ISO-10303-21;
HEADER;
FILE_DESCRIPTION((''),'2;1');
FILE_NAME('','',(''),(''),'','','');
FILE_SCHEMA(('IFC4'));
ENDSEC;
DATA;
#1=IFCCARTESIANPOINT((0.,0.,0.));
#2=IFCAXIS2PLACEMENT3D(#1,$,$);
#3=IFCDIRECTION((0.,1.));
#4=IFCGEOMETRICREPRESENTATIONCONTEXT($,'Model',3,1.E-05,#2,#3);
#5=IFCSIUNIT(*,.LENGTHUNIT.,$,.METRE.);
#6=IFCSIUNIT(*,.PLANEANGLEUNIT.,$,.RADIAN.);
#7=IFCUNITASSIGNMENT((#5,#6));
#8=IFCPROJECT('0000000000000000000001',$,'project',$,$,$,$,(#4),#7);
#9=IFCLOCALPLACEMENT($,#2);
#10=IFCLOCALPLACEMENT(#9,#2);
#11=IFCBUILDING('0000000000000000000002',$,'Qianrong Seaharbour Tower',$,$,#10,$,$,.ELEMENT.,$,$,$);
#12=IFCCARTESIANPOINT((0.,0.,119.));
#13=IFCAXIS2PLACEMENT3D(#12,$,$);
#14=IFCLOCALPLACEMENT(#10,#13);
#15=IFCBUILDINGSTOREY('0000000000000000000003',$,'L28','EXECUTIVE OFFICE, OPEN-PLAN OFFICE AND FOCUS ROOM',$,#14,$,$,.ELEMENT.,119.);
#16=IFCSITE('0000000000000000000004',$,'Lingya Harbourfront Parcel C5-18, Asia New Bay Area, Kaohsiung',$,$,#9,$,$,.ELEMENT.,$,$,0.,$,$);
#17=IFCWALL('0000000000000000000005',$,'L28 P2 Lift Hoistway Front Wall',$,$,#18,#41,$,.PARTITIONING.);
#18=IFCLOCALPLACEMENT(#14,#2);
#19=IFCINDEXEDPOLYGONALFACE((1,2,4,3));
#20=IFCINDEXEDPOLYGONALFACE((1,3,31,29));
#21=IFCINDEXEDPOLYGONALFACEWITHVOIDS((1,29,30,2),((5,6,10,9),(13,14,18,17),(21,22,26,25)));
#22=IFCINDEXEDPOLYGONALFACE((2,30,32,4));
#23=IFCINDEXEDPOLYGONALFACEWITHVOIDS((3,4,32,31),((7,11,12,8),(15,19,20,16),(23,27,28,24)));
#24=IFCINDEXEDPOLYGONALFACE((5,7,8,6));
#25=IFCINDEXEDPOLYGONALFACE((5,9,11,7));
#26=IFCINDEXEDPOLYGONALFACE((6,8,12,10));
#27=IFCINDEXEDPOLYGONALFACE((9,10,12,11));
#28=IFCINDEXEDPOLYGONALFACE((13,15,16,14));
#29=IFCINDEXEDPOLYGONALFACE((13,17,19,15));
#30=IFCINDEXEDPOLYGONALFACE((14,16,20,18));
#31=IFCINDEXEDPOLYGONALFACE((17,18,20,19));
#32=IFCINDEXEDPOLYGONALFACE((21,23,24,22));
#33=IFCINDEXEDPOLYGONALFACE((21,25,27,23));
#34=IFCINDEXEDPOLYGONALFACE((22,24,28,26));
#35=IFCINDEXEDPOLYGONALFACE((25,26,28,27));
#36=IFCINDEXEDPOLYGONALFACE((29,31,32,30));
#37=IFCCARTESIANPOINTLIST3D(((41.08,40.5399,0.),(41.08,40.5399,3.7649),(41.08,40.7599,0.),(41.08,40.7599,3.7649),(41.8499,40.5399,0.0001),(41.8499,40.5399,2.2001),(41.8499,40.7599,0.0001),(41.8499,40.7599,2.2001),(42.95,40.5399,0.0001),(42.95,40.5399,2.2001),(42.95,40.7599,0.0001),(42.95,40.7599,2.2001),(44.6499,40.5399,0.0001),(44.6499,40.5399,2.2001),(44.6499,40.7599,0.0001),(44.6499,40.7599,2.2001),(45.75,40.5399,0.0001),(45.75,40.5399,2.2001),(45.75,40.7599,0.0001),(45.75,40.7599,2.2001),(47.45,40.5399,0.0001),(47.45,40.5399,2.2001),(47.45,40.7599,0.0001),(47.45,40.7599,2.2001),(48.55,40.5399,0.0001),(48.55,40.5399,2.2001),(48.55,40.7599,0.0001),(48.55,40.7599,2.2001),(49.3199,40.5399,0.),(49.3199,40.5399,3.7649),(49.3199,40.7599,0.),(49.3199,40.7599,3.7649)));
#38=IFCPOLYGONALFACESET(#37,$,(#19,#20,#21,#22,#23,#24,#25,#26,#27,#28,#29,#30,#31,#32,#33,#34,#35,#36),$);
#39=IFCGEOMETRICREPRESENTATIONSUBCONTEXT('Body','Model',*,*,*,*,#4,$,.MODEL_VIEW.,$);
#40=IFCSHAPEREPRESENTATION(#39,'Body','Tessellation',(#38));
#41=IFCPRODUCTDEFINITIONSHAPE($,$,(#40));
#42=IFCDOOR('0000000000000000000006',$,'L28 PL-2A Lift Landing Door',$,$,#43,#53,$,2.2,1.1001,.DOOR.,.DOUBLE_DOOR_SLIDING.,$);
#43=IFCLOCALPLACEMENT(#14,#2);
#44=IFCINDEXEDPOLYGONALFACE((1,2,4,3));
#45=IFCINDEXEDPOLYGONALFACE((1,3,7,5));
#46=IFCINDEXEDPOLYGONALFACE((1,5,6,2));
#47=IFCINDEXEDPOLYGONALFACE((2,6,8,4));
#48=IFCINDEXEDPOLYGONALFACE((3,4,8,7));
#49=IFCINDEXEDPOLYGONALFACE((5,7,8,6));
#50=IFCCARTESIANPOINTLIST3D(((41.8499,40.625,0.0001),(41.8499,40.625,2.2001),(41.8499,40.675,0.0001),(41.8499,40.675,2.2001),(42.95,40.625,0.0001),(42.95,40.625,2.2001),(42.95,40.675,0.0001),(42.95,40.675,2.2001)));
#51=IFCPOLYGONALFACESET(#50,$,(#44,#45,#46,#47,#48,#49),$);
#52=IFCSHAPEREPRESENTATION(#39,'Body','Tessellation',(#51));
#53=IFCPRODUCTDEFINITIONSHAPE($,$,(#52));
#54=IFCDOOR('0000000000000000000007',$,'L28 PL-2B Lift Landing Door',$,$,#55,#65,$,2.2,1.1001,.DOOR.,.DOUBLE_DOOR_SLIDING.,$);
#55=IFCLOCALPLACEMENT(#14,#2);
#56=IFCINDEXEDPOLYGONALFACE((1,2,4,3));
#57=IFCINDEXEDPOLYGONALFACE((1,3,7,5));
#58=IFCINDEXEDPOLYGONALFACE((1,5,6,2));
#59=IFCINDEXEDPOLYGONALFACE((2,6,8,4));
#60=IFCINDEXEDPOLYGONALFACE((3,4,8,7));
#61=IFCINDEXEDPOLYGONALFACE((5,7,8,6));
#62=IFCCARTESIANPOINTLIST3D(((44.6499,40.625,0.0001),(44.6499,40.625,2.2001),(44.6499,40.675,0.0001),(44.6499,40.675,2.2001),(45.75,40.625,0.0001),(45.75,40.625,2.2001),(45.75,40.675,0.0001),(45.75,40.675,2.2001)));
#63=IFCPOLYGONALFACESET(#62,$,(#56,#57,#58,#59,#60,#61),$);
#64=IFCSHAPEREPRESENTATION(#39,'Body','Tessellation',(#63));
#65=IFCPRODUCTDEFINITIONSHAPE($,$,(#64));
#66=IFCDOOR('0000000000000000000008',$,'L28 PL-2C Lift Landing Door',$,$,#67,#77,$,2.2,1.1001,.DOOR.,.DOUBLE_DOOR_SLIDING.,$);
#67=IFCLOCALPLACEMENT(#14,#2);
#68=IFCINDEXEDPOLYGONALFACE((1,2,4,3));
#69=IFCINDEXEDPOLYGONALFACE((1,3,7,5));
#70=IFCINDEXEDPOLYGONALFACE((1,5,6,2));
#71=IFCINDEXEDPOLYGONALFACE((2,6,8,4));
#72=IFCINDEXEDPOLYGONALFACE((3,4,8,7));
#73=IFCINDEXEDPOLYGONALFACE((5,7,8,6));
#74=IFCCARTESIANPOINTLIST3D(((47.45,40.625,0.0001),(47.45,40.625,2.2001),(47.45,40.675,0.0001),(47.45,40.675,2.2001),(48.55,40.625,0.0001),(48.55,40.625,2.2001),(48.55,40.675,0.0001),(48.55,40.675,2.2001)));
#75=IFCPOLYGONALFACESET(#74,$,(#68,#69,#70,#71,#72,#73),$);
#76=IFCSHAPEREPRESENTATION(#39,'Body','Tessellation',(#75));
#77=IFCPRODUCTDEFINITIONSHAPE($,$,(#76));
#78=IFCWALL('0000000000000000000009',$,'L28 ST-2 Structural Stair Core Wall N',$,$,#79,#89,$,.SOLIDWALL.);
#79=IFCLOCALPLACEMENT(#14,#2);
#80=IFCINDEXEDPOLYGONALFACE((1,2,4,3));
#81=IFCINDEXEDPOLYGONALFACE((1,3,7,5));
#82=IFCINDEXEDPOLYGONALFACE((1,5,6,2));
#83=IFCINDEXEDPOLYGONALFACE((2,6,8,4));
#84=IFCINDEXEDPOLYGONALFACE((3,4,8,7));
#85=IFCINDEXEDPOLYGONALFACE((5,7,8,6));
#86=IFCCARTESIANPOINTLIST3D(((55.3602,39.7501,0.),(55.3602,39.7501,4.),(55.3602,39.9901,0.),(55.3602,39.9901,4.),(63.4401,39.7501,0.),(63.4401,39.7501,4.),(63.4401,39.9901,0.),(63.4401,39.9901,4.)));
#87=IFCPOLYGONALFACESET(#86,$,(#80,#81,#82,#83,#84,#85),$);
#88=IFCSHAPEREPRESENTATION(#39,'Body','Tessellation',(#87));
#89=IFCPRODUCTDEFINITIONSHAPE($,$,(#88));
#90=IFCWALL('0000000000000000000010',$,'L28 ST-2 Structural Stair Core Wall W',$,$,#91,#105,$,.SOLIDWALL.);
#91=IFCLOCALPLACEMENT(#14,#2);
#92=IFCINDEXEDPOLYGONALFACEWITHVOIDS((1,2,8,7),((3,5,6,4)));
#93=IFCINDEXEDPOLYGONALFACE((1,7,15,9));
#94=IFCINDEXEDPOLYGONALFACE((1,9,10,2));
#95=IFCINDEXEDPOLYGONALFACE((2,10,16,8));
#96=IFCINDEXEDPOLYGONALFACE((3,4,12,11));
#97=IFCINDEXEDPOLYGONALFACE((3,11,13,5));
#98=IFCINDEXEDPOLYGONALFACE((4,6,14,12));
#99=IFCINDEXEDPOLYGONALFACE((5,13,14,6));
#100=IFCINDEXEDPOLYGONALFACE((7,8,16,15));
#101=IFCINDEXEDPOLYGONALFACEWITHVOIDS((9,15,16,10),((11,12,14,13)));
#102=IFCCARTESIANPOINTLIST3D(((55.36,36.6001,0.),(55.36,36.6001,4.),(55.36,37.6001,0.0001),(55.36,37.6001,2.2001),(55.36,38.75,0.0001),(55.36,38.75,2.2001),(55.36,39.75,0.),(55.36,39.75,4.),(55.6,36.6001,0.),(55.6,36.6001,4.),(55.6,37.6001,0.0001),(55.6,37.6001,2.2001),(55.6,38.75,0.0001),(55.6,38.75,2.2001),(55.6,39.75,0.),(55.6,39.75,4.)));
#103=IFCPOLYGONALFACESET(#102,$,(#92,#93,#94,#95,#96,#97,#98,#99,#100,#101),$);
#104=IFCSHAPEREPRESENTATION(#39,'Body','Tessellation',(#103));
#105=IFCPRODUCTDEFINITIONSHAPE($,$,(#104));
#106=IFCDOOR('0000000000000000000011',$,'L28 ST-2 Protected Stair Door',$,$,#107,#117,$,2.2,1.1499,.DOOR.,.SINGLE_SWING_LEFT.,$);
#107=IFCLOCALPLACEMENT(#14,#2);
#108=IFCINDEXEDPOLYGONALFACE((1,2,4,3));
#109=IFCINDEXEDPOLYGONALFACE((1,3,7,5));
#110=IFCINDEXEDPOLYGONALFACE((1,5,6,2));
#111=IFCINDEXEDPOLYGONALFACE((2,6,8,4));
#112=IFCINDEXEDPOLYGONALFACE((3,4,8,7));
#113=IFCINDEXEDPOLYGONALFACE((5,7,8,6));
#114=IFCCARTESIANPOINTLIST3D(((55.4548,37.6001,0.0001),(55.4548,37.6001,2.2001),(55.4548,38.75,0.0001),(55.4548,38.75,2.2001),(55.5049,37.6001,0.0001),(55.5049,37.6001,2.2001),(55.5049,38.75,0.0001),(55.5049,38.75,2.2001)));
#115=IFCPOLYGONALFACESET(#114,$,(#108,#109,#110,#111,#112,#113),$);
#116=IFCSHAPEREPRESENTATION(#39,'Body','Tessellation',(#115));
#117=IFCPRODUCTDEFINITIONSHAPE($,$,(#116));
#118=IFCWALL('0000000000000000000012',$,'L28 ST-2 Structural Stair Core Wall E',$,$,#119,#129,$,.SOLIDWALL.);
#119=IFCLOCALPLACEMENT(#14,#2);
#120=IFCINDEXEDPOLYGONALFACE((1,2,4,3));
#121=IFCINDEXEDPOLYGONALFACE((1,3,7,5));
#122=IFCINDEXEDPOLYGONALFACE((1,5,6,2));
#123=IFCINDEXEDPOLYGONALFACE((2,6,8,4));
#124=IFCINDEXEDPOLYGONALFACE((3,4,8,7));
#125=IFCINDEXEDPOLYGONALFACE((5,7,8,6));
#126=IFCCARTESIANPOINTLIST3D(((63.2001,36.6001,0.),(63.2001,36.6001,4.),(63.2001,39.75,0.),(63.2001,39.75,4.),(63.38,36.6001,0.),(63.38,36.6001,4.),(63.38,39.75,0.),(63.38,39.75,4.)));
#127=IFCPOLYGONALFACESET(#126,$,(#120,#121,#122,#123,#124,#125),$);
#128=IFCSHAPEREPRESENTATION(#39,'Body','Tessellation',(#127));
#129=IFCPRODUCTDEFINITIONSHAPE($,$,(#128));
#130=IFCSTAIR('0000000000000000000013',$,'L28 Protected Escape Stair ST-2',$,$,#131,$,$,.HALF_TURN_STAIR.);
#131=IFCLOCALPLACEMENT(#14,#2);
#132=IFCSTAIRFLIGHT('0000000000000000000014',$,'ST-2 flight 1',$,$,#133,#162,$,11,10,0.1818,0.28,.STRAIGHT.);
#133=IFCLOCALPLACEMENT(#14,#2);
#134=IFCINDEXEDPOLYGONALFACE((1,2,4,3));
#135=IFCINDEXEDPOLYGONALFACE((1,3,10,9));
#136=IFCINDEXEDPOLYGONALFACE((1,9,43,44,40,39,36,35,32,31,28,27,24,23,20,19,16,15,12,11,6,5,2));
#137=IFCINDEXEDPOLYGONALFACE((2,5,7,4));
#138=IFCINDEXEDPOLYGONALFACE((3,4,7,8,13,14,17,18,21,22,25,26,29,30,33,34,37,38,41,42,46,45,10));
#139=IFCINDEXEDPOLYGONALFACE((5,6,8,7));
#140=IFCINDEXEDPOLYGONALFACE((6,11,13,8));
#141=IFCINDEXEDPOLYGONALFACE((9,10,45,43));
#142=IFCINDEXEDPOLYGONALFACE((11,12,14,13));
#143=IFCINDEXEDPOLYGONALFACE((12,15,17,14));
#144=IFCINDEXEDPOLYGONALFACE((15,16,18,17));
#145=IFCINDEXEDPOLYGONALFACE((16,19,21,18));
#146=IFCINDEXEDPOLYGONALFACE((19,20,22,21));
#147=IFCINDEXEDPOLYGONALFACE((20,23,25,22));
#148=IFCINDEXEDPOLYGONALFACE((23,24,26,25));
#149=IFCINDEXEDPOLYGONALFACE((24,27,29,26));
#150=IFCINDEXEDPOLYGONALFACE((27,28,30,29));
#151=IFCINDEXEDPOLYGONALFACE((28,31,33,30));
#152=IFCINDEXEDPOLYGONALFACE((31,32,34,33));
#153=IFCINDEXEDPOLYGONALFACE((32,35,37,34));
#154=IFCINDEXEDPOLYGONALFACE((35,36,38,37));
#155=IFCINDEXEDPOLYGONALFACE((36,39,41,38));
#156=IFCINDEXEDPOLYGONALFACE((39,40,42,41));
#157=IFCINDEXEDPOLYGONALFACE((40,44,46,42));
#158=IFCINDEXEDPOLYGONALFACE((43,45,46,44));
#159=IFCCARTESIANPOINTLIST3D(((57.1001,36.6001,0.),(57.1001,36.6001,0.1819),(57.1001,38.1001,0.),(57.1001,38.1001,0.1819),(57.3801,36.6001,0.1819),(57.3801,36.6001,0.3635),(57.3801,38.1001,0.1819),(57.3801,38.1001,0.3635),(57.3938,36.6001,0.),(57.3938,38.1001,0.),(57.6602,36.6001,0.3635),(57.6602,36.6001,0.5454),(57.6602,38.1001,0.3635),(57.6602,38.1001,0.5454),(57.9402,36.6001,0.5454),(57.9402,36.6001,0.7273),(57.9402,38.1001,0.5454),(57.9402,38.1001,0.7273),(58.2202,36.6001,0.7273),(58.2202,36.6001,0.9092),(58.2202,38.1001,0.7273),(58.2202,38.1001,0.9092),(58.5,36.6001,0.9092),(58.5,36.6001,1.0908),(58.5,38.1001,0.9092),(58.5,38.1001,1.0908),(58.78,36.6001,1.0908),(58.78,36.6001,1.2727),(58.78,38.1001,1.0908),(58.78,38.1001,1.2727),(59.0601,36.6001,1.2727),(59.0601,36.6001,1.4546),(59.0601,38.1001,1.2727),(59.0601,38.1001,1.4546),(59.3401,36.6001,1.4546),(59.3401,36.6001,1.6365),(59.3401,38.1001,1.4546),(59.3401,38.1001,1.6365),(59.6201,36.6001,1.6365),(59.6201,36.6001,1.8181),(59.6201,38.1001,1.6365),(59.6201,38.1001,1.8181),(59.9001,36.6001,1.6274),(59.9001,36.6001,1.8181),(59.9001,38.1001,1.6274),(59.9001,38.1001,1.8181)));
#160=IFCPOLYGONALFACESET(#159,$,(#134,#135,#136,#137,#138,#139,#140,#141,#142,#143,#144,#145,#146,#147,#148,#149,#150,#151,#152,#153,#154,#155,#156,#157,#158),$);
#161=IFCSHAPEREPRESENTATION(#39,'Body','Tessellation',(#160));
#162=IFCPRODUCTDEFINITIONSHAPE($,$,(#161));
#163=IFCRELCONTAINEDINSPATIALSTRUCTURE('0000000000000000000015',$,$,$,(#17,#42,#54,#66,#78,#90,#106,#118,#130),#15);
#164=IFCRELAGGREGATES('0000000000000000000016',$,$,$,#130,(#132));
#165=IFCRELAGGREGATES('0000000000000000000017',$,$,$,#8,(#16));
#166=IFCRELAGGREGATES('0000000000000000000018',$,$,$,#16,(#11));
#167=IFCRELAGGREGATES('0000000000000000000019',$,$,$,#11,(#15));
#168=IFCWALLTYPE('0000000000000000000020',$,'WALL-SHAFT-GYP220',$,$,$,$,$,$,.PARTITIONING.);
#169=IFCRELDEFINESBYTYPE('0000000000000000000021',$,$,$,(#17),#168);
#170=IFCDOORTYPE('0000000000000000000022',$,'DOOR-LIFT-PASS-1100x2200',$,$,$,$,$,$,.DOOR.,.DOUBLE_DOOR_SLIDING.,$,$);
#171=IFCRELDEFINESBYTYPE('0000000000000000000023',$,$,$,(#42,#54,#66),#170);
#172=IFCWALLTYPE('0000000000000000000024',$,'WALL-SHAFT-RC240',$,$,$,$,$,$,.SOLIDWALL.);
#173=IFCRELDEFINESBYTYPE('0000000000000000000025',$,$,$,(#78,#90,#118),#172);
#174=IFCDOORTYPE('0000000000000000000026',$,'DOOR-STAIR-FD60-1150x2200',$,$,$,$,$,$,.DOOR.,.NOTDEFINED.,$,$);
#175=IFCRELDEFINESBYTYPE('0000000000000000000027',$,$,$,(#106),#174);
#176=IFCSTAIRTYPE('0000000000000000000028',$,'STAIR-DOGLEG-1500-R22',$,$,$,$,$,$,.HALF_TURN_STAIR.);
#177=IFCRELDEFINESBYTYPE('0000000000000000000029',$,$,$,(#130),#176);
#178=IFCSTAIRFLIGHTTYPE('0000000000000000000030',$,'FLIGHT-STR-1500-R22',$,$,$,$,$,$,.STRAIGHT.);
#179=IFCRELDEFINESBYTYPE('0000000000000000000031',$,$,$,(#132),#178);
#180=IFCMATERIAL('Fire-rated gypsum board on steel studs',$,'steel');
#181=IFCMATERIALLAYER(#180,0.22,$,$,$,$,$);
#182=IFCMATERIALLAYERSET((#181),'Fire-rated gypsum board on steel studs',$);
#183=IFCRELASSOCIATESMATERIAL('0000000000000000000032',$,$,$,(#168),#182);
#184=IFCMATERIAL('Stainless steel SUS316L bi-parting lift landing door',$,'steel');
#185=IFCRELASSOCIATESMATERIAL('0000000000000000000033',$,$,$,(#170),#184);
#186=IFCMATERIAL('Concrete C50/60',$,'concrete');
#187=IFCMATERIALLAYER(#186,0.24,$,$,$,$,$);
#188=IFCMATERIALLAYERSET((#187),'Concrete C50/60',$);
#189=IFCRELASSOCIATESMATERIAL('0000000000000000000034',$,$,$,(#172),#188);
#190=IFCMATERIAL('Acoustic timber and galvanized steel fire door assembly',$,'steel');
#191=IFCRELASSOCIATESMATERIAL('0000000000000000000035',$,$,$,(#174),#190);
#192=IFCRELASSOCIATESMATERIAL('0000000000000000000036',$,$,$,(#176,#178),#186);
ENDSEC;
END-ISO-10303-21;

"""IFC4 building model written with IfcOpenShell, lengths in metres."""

from ifc_helpers import new_model, si_unit, direction, frame, frame_2d, origin, place, context, subcontext, project, spatial, polyline, rectangle, outline, extrude, material, layer, layer_set, type_object, element, fill, aggregate, save


model = new_model("IFC4")

# Units and contexts
model_context = context("Model", 3, precision=1e-05, world=origin(), true_north=direction((0.0, 1.0)))
body_context = subcontext(model_context, "Body", "Model", "MODEL_VIEW")
ifc_project = project(units=[si_unit("LENGTHUNIT", "METRE"), si_unit("PLANEANGLEUNIT", "RADIAN")], contexts=[model_context])

# Site, building, storey
site_placement = place(None, origin())
site = spatial("IfcSite", under=ifc_project, at=site_placement, Name="Lingya Harbourfront Parcel C5-18, Asia New Bay Area, Kaohsiung", CompositionType="ELEMENT", RefElevation=0.0)
building_placement = place(site_placement, origin())
building = spatial("IfcBuilding", under=site, at=building_placement, Name="Qianrong Seaharbour Tower", CompositionType="ELEMENT")
storey_placement = place(building_placement, frame((0.0, 0.0, 119.0)))
storey = spatial("IfcBuildingStorey", under=building, at=storey_placement, Name="L28", Description="EXECUTIVE OFFICE, OPEN-PLAN OFFICE AND FOCUS ROOM", CompositionType="ELEMENT", Elevation=119.0)

# Shared definitions
ifc_material_1 = material(Name="Acoustic timber and galvanized steel fire door assembly", Category="steel")

# Wall, openings, doors
ifc_material_2 = material(Name="Fire-rated gypsum board on steel studs", Category="steel")
ifc_layer_1 = layer(ifc_material_2, 0.22)
ifc_layer_set_1 = layer_set([ifc_layer_1], Name="Fire-rated gypsum board on steel studs")
wall_type_1 = type_object("IfcWallType", Name="WALL-SHAFT-GYP220", PredefinedType="PARTITIONING", material=ifc_layer_set_1)
wall_1_placement = place(storey_placement, frame((49.3201, 40.6499, 0.0), z_axis=(0.0, 0.0, 1.0), x_axis=(-1.0, 0.0, 0.0)))
wall_1 = element("IfcWall", 1, at=wall_1_placement, inside=storey, type_object=wall_type_1, Name="L28 P2 Lift Hoistway Front Wall", PredefinedType="PARTITIONING", context=body_context, shape_type="SweptSolid", body=[
    extrude(rectangle(XDim=8.24, YDim=0.22, at=frame_2d((4.1201, 0.0))), origin(), (0.0, 0.0, 1.0), 3.7649),
])
opening_1_placement = place(wall_1_placement, frame((6.3701, 0.0, 0.0)))
opening_1 = element("IfcOpeningElement", 2, at=opening_1_placement, cuts=wall_1, PredefinedType="OPENING", context=body_context, shape_type="SweptSolid", body=[
    extrude(rectangle(XDim=1.1001, YDim=2.2, at=frame_2d((0.55, 1.1001))), frame((0.0, 0.1201, 0.0), z_axis=(0.0, -1.0, 0.0), x_axis=(1.0, 0.0, 0.0)), (0.0, 0.0, 1.0), 0.24),
])
opening_2_placement = place(wall_1_placement, frame((3.5701, 0.0, 0.0)))
opening_2 = element("IfcOpeningElement", 3, at=opening_2_placement, cuts=wall_1, PredefinedType="OPENING", context=body_context, shape_type="SweptSolid", body=[
    extrude(rectangle(XDim=1.1001, YDim=2.2, at=frame_2d((0.55, 1.1001))), frame((0.0, 0.1201, 0.0), z_axis=(0.0, -1.0, 0.0), x_axis=(1.0, 0.0, 0.0)), (0.0, 0.0, 1.0), 0.24),
])
opening_3_placement = place(wall_1_placement, frame((0.77, 0.0, 0.0)))
opening_3 = element("IfcOpeningElement", 4, at=opening_3_placement, cuts=wall_1, PredefinedType="OPENING", context=body_context, shape_type="SweptSolid", body=[
    extrude(rectangle(XDim=1.1001, YDim=2.2, at=frame_2d((0.55, 1.1001))), frame((0.0, 0.1201, 0.0), z_axis=(0.0, -1.0, 0.0), x_axis=(1.0, 0.0, 0.0)), (0.0, 0.0, 1.0), 0.24),
])
ifc_material_3 = material(Name="Stainless steel SUS316L bi-parting lift landing door", Category="steel")
door_type_1 = type_object("IfcDoorType", Name="DOOR-LIFT-PASS-1100x2200", OperationType="DOUBLE_DOOR_SLIDING", PredefinedType="DOOR", material=ifc_material_3)
door_1_placement = place(opening_1_placement, origin())
door_1 = element("IfcDoor", 5, at=door_1_placement, inside=storey, type_object=door_type_1, Name="L28 PL-2A Lift Landing Door", OperationType="DOUBLE_DOOR_SLIDING", OverallHeight=2.2, OverallWidth=1.1001, PredefinedType="DOOR", context=body_context, shape_type="SweptSolid", body=[
    extrude(rectangle(XDim=1.1001, YDim=2.2, at=frame_2d((0.55, 1.1001))), frame((0.0, 0.0249, 0.0), z_axis=(0.0, -1.0, 0.0), x_axis=(1.0, 0.0, 0.0)), (0.0, 0.0, 1.0), 0.05),
])
fill(opening_1, door_1)
door_2_placement = place(opening_2_placement, origin())
door_2 = element("IfcDoor", 6, at=door_2_placement, inside=storey, type_object=door_type_1, Name="L28 PL-2B Lift Landing Door", OperationType="DOUBLE_DOOR_SLIDING", OverallHeight=2.2, OverallWidth=1.1001, PredefinedType="DOOR", context=body_context, shape_type="SweptSolid", body=[
    extrude(rectangle(XDim=1.1001, YDim=2.2, at=frame_2d((0.55, 1.1001))), frame((0.0, 0.0249, 0.0), z_axis=(0.0, -1.0, 0.0), x_axis=(1.0, 0.0, 0.0)), (0.0, 0.0, 1.0), 0.05),
])
fill(opening_2, door_2)
door_3_placement = place(opening_3_placement, origin())
door_3 = element("IfcDoor", 7, at=door_3_placement, inside=storey, type_object=door_type_1, Name="L28 PL-2C Lift Landing Door", OperationType="DOUBLE_DOOR_SLIDING", OverallHeight=2.2, OverallWidth=1.1001, PredefinedType="DOOR", context=body_context, shape_type="SweptSolid", body=[
    extrude(rectangle(XDim=1.1001, YDim=2.2, at=frame_2d((0.55, 1.1001))), frame((0.0, 0.0249, 0.0), z_axis=(0.0, -1.0, 0.0), x_axis=(1.0, 0.0, 0.0)), (0.0, 0.0, 1.0), 0.05),
])
fill(opening_3, door_3)

# Wall
ifc_material_4 = material(Name="Concrete C50/60", Category="concrete")
ifc_layer_2 = layer(ifc_material_4, 0.24)
ifc_layer_set_2 = layer_set([ifc_layer_2], Name="Concrete C50/60")
wall_type_2 = type_object("IfcWallType", Name="WALL-SHAFT-RC240", PredefinedType="SOLIDWALL", material=ifc_layer_set_2)
wall_2_placement = place(storey_placement, frame((55.3601, 39.8701, 0.0), z_axis=(0.0, 0.0, 1.0), x_axis=(1.0, 0.0, 0.0)))
element("IfcWall", 8, at=wall_2_placement, inside=storey, type_object=wall_type_2, Name="L28 ST-2 Structural Stair Core Wall N", PredefinedType="SOLIDWALL", context=body_context, shape_type="SweptSolid", body=[
    extrude(rectangle(XDim=8.0798, YDim=0.24, at=frame_2d((4.04, 0.0))), origin(), (0.0, 0.0, 1.0), 4.0),
])

# Wall, opening, door
wall_3_placement = place(storey_placement, frame((55.48, 39.75, 0.0), z_axis=(0.0, 0.0, 1.0), x_axis=(0.0, -1.0, 0.0)))
wall_3 = element("IfcWall", 9, at=wall_3_placement, inside=storey, type_object=wall_type_2, Name="L28 ST-2 Structural Stair Core Wall W", PredefinedType="SOLIDWALL", context=body_context, shape_type="SweptSolid", body=[
    extrude(rectangle(XDim=3.1499, YDim=0.24, at=frame_2d((1.575, 0.0))), origin(), (0.0, 0.0, 1.0), 4.0),
])
opening_4_placement = place(wall_3_placement, frame((1.0, 0.0, 0.0)))
opening_4 = element("IfcOpeningElement", 10, at=opening_4_placement, cuts=wall_3, PredefinedType="OPENING", context=body_context, shape_type="SweptSolid", body=[
    extrude(rectangle(XDim=1.1499, YDim=2.2, at=frame_2d((0.575, 1.1001))), frame((0.0, 0.1299, 0.0), z_axis=(0.0, -1.0, 0.0), x_axis=(1.0, 0.0, 0.0)), (0.0, 0.0, 1.0), 0.26),
])
door_type_2 = type_object("IfcDoorType", Name="DOOR-STAIR-FD60-1150x2200", OperationType="NOTDEFINED", PredefinedType="DOOR", material=ifc_material_1)
door_4_placement = place(opening_4_placement, origin())
door_4 = element("IfcDoor", 11, at=door_4_placement, inside=storey, type_object=door_type_2, Name="L28 ST-2 Protected Stair Door", OperationType="SINGLE_SWING_LEFT", OverallHeight=2.2, OverallWidth=1.1499, PredefinedType="DOOR", context=body_context, shape_type="SweptSolid", body=[
    extrude(rectangle(XDim=1.1499, YDim=2.2, at=frame_2d((0.575, 1.1001))), frame((0.0, 0.0249, 0.0), z_axis=(0.0, -1.0, 0.0), x_axis=(1.0, 0.0, 0.0)), (0.0, 0.0, 1.0), 0.05),
])
fill(opening_4, door_4)

# Wall
wall_4_placement = place(storey_placement, frame((63.29, 36.6001, 0.0), z_axis=(0.0, 0.0, 1.0), x_axis=(0.0, 1.0, 0.0)))
element("IfcWall", 12, at=wall_4_placement, inside=storey, type_object=wall_type_2, Name="L28 ST-2 Structural Stair Core Wall E", PredefinedType="SOLIDWALL", context=body_context, shape_type="SweptSolid", body=[
    extrude(rectangle(XDim=3.1499, YDim=0.1799, at=frame_2d((1.575, 0.0))), origin(), (0.0, 0.0, 1.0), 4.0),
])

# Stair, stair flight
stair_type = type_object("IfcStairType", Name="STAIR-DOGLEG-1500-R22", PredefinedType="HALF_TURN_STAIR", material=ifc_material_4)
stair_placement = place(storey_placement, origin())
stair = element("IfcStair", 13, at=stair_placement, inside=storey, type_object=stair_type, Name="L28 Protected Escape Stair ST-2", PredefinedType="HALF_TURN_STAIR")
stair_flight_type = type_object("IfcStairFlightType", Name="FLIGHT-STR-1500-R22", PredefinedType="STRAIGHT", material=ifc_material_4)
stair_flight_1_placement = place(storey_placement, frame((57.1001, 37.3501, 0.0), z_axis=(0.0, 0.0, 1.0), x_axis=(1.0, 0.0, 0.0)))
stair_flight_1 = element("IfcStairFlight", 14, at=stair_flight_1_placement, type_object=stair_flight_type, Name="ST-2 flight 1", NumberOfRisers=11, NumberOfTreads=10, PredefinedType="STRAIGHT", RiserHeight=0.1818, TreadLength=0.28, context=body_context, shape_type="SweptSolid", body=[
    extrude(outline(polyline([(0.0, 0.0), (0.0, 0.1819), (0.28, 0.1819), (0.28, 0.3635), (0.5601, 0.3635), (0.5601, 0.5454), (0.8401, 0.5454), (0.8401, 0.7273), (1.1201, 0.7273), (1.1201, 0.9092), (1.3999, 0.9092), (1.3999, 1.0908), (1.6799, 1.0908), (1.6799, 1.2727), (1.96, 1.2727), (1.96, 1.4546), (2.24, 1.4546), (2.24, 1.6365), (2.52, 1.6365), (2.52, 1.8181), (2.8, 1.8181), (2.8, 2.0), (2.8, 1.6274), (0.2937, 0.0), (0.0, 0.0)])), frame((0.0, 0.75, 0.0), z_axis=(0.0, -1.0, 0.0), x_axis=(1.0, 0.0, 0.0)), (0.0, 0.0, 1.0), 1.5),
])
aggregate(stair, [stair_flight_1])

save(model, "model.ifc")
